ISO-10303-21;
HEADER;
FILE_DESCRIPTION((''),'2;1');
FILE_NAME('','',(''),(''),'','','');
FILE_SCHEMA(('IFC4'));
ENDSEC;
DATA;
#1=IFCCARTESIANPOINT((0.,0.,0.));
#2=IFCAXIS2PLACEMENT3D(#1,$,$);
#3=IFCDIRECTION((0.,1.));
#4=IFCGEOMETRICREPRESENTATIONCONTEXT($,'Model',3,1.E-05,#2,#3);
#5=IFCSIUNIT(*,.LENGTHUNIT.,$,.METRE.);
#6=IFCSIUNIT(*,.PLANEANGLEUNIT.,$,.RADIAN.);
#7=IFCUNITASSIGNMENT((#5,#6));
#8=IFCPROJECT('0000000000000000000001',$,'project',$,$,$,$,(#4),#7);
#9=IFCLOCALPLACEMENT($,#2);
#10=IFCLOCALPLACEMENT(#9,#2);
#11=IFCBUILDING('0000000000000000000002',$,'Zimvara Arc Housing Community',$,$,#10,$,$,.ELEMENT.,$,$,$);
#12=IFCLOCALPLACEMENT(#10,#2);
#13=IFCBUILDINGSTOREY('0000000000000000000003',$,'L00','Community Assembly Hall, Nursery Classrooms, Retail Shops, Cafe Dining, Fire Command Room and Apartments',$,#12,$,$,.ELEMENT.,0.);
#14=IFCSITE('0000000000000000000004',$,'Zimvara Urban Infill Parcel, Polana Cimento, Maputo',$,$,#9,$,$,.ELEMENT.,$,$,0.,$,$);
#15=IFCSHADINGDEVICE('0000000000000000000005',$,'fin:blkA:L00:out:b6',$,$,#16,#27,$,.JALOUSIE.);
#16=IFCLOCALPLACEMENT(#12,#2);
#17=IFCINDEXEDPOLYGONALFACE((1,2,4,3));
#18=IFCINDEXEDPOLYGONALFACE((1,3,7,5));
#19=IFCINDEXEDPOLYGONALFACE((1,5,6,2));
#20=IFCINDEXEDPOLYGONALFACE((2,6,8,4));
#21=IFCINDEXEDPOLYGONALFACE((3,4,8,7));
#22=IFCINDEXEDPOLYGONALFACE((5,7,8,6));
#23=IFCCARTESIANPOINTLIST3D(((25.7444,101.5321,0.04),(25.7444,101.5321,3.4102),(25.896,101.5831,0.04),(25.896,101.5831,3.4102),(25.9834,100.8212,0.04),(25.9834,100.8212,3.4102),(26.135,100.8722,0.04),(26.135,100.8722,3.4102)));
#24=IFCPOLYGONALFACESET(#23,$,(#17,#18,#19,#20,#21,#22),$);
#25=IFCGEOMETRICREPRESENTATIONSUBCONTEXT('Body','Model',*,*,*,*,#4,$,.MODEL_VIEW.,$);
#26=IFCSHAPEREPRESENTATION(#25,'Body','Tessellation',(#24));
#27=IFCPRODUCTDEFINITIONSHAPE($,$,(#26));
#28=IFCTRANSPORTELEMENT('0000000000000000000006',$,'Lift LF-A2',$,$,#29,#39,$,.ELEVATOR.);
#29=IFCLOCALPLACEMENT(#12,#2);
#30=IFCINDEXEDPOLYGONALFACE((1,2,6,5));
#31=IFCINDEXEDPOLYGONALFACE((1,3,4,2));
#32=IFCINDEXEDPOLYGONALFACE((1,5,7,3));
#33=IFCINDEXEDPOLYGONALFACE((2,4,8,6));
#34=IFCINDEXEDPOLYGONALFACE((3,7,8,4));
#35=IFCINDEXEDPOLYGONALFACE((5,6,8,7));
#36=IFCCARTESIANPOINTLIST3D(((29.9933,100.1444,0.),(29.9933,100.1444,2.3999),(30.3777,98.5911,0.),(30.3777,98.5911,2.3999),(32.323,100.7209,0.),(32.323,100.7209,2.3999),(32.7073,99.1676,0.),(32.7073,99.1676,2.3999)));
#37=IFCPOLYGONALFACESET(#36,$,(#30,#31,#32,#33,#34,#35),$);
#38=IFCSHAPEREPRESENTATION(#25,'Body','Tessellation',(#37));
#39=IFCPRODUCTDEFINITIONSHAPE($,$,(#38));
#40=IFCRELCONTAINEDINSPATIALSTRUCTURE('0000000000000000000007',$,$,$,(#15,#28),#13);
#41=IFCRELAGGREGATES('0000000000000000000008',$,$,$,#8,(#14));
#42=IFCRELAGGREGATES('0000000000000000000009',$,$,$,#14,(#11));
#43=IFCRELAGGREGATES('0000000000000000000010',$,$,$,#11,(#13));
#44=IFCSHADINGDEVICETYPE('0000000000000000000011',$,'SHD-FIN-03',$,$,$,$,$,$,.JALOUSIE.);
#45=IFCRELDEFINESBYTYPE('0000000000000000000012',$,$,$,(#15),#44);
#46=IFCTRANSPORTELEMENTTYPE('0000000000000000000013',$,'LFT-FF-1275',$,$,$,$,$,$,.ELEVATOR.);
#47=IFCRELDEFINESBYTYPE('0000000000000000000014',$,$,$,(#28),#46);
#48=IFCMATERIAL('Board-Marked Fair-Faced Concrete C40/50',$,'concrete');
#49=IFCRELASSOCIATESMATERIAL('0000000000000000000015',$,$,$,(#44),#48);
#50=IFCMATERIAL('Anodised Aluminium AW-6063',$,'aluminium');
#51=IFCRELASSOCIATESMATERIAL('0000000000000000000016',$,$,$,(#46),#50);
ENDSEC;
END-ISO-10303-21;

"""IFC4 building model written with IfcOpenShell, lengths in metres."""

from ifc_helpers import new_model, si_unit, direction, frame, origin, origin_2d, place, context, subcontext, project, spatial, rectangle, extrude, material, type_object, element, save


model = new_model("IFC4")

# Units and contexts
model_context = context("Model", 3, precision=1e-05, world=origin(), true_north=direction((0.0, 1.0)))
body_context = subcontext(model_context, "Body", "Model", "MODEL_VIEW")
ifc_project = project(units=[si_unit("LENGTHUNIT", "METRE"), si_unit("PLANEANGLEUNIT", "RADIAN")], contexts=[model_context])

# Site, building, storey
site_placement = place(None, origin())
site = spatial("IfcSite", under=ifc_project, at=site_placement, Name="Zimvara Urban Infill Parcel, Polana Cimento, Maputo", CompositionType="ELEMENT", RefElevation=0.0)
building_placement = place(site_placement, origin())
building = spatial("IfcBuilding", under=site, at=building_placement, Name="Zimvara Arc Housing Community", CompositionType="ELEMENT")
storey_placement = place(building_placement, origin())
storey = spatial("IfcBuildingStorey", under=building, at=storey_placement, Name="L00", Description="Community Assembly Hall, Nursery Classrooms, Retail Shops, Cafe Dining, Fire Command Room and Apartments", CompositionType="ELEMENT", Elevation=0.0)

# Shading device
ifc_material_1 = material(Name="Board-Marked Fair-Faced Concrete C40/50", Category="concrete")
shading_device_type = type_object("IfcShadingDeviceType", Name="SHD-FIN-03", PredefinedType="JALOUSIE", material=ifc_material_1)
shading_device_placement = place(storey_placement, frame((25.9397, 101.2021, 0.04), z_axis=(0.0, 0.0, 1.0), x_axis=(0.94788, 0.318628, 0.0)))
element("IfcShadingDevice", 1, at=shading_device_placement, inside=storey, type_object=shading_device_type, Name="fin:blkA:L00:out:b6", PredefinedType="JALOUSIE", context=body_context, shape_type="SweptSolid", body=[
    extrude(rectangle(XDim=0.1599, YDim=0.75, at=origin_2d()), origin(), (0.0, 0.0, 1.0), 3.3701),
])

# Transport element
ifc_material_2 = material(Name="Anodised Aluminium AW-6063", Category="aluminium")
transport_element_type = type_object("IfcTransportElementType", Name="LFT-FF-1275", PredefinedType="ELEVATOR", material=ifc_material_2)
transport_element_placement = place(storey_placement, frame((31.3503, 99.656, 0.0), z_axis=(0.0, 0.0, 1.0), x_axis=(-0.240228, 0.970716, 0.0)))
element("IfcTransportElement", 2, at=transport_element_placement, inside=storey, type_object=transport_element_type, Name="Lift LF-A2", PredefinedType="ELEVATOR", context=body_context, shape_type="SweptSolid", body=[
    extrude(rectangle(XDim=1.6001, YDim=2.3999, at=origin_2d()), origin(), (0.0, 0.0, 1.0), 2.3999),
])

save(model, "model.ifc")
